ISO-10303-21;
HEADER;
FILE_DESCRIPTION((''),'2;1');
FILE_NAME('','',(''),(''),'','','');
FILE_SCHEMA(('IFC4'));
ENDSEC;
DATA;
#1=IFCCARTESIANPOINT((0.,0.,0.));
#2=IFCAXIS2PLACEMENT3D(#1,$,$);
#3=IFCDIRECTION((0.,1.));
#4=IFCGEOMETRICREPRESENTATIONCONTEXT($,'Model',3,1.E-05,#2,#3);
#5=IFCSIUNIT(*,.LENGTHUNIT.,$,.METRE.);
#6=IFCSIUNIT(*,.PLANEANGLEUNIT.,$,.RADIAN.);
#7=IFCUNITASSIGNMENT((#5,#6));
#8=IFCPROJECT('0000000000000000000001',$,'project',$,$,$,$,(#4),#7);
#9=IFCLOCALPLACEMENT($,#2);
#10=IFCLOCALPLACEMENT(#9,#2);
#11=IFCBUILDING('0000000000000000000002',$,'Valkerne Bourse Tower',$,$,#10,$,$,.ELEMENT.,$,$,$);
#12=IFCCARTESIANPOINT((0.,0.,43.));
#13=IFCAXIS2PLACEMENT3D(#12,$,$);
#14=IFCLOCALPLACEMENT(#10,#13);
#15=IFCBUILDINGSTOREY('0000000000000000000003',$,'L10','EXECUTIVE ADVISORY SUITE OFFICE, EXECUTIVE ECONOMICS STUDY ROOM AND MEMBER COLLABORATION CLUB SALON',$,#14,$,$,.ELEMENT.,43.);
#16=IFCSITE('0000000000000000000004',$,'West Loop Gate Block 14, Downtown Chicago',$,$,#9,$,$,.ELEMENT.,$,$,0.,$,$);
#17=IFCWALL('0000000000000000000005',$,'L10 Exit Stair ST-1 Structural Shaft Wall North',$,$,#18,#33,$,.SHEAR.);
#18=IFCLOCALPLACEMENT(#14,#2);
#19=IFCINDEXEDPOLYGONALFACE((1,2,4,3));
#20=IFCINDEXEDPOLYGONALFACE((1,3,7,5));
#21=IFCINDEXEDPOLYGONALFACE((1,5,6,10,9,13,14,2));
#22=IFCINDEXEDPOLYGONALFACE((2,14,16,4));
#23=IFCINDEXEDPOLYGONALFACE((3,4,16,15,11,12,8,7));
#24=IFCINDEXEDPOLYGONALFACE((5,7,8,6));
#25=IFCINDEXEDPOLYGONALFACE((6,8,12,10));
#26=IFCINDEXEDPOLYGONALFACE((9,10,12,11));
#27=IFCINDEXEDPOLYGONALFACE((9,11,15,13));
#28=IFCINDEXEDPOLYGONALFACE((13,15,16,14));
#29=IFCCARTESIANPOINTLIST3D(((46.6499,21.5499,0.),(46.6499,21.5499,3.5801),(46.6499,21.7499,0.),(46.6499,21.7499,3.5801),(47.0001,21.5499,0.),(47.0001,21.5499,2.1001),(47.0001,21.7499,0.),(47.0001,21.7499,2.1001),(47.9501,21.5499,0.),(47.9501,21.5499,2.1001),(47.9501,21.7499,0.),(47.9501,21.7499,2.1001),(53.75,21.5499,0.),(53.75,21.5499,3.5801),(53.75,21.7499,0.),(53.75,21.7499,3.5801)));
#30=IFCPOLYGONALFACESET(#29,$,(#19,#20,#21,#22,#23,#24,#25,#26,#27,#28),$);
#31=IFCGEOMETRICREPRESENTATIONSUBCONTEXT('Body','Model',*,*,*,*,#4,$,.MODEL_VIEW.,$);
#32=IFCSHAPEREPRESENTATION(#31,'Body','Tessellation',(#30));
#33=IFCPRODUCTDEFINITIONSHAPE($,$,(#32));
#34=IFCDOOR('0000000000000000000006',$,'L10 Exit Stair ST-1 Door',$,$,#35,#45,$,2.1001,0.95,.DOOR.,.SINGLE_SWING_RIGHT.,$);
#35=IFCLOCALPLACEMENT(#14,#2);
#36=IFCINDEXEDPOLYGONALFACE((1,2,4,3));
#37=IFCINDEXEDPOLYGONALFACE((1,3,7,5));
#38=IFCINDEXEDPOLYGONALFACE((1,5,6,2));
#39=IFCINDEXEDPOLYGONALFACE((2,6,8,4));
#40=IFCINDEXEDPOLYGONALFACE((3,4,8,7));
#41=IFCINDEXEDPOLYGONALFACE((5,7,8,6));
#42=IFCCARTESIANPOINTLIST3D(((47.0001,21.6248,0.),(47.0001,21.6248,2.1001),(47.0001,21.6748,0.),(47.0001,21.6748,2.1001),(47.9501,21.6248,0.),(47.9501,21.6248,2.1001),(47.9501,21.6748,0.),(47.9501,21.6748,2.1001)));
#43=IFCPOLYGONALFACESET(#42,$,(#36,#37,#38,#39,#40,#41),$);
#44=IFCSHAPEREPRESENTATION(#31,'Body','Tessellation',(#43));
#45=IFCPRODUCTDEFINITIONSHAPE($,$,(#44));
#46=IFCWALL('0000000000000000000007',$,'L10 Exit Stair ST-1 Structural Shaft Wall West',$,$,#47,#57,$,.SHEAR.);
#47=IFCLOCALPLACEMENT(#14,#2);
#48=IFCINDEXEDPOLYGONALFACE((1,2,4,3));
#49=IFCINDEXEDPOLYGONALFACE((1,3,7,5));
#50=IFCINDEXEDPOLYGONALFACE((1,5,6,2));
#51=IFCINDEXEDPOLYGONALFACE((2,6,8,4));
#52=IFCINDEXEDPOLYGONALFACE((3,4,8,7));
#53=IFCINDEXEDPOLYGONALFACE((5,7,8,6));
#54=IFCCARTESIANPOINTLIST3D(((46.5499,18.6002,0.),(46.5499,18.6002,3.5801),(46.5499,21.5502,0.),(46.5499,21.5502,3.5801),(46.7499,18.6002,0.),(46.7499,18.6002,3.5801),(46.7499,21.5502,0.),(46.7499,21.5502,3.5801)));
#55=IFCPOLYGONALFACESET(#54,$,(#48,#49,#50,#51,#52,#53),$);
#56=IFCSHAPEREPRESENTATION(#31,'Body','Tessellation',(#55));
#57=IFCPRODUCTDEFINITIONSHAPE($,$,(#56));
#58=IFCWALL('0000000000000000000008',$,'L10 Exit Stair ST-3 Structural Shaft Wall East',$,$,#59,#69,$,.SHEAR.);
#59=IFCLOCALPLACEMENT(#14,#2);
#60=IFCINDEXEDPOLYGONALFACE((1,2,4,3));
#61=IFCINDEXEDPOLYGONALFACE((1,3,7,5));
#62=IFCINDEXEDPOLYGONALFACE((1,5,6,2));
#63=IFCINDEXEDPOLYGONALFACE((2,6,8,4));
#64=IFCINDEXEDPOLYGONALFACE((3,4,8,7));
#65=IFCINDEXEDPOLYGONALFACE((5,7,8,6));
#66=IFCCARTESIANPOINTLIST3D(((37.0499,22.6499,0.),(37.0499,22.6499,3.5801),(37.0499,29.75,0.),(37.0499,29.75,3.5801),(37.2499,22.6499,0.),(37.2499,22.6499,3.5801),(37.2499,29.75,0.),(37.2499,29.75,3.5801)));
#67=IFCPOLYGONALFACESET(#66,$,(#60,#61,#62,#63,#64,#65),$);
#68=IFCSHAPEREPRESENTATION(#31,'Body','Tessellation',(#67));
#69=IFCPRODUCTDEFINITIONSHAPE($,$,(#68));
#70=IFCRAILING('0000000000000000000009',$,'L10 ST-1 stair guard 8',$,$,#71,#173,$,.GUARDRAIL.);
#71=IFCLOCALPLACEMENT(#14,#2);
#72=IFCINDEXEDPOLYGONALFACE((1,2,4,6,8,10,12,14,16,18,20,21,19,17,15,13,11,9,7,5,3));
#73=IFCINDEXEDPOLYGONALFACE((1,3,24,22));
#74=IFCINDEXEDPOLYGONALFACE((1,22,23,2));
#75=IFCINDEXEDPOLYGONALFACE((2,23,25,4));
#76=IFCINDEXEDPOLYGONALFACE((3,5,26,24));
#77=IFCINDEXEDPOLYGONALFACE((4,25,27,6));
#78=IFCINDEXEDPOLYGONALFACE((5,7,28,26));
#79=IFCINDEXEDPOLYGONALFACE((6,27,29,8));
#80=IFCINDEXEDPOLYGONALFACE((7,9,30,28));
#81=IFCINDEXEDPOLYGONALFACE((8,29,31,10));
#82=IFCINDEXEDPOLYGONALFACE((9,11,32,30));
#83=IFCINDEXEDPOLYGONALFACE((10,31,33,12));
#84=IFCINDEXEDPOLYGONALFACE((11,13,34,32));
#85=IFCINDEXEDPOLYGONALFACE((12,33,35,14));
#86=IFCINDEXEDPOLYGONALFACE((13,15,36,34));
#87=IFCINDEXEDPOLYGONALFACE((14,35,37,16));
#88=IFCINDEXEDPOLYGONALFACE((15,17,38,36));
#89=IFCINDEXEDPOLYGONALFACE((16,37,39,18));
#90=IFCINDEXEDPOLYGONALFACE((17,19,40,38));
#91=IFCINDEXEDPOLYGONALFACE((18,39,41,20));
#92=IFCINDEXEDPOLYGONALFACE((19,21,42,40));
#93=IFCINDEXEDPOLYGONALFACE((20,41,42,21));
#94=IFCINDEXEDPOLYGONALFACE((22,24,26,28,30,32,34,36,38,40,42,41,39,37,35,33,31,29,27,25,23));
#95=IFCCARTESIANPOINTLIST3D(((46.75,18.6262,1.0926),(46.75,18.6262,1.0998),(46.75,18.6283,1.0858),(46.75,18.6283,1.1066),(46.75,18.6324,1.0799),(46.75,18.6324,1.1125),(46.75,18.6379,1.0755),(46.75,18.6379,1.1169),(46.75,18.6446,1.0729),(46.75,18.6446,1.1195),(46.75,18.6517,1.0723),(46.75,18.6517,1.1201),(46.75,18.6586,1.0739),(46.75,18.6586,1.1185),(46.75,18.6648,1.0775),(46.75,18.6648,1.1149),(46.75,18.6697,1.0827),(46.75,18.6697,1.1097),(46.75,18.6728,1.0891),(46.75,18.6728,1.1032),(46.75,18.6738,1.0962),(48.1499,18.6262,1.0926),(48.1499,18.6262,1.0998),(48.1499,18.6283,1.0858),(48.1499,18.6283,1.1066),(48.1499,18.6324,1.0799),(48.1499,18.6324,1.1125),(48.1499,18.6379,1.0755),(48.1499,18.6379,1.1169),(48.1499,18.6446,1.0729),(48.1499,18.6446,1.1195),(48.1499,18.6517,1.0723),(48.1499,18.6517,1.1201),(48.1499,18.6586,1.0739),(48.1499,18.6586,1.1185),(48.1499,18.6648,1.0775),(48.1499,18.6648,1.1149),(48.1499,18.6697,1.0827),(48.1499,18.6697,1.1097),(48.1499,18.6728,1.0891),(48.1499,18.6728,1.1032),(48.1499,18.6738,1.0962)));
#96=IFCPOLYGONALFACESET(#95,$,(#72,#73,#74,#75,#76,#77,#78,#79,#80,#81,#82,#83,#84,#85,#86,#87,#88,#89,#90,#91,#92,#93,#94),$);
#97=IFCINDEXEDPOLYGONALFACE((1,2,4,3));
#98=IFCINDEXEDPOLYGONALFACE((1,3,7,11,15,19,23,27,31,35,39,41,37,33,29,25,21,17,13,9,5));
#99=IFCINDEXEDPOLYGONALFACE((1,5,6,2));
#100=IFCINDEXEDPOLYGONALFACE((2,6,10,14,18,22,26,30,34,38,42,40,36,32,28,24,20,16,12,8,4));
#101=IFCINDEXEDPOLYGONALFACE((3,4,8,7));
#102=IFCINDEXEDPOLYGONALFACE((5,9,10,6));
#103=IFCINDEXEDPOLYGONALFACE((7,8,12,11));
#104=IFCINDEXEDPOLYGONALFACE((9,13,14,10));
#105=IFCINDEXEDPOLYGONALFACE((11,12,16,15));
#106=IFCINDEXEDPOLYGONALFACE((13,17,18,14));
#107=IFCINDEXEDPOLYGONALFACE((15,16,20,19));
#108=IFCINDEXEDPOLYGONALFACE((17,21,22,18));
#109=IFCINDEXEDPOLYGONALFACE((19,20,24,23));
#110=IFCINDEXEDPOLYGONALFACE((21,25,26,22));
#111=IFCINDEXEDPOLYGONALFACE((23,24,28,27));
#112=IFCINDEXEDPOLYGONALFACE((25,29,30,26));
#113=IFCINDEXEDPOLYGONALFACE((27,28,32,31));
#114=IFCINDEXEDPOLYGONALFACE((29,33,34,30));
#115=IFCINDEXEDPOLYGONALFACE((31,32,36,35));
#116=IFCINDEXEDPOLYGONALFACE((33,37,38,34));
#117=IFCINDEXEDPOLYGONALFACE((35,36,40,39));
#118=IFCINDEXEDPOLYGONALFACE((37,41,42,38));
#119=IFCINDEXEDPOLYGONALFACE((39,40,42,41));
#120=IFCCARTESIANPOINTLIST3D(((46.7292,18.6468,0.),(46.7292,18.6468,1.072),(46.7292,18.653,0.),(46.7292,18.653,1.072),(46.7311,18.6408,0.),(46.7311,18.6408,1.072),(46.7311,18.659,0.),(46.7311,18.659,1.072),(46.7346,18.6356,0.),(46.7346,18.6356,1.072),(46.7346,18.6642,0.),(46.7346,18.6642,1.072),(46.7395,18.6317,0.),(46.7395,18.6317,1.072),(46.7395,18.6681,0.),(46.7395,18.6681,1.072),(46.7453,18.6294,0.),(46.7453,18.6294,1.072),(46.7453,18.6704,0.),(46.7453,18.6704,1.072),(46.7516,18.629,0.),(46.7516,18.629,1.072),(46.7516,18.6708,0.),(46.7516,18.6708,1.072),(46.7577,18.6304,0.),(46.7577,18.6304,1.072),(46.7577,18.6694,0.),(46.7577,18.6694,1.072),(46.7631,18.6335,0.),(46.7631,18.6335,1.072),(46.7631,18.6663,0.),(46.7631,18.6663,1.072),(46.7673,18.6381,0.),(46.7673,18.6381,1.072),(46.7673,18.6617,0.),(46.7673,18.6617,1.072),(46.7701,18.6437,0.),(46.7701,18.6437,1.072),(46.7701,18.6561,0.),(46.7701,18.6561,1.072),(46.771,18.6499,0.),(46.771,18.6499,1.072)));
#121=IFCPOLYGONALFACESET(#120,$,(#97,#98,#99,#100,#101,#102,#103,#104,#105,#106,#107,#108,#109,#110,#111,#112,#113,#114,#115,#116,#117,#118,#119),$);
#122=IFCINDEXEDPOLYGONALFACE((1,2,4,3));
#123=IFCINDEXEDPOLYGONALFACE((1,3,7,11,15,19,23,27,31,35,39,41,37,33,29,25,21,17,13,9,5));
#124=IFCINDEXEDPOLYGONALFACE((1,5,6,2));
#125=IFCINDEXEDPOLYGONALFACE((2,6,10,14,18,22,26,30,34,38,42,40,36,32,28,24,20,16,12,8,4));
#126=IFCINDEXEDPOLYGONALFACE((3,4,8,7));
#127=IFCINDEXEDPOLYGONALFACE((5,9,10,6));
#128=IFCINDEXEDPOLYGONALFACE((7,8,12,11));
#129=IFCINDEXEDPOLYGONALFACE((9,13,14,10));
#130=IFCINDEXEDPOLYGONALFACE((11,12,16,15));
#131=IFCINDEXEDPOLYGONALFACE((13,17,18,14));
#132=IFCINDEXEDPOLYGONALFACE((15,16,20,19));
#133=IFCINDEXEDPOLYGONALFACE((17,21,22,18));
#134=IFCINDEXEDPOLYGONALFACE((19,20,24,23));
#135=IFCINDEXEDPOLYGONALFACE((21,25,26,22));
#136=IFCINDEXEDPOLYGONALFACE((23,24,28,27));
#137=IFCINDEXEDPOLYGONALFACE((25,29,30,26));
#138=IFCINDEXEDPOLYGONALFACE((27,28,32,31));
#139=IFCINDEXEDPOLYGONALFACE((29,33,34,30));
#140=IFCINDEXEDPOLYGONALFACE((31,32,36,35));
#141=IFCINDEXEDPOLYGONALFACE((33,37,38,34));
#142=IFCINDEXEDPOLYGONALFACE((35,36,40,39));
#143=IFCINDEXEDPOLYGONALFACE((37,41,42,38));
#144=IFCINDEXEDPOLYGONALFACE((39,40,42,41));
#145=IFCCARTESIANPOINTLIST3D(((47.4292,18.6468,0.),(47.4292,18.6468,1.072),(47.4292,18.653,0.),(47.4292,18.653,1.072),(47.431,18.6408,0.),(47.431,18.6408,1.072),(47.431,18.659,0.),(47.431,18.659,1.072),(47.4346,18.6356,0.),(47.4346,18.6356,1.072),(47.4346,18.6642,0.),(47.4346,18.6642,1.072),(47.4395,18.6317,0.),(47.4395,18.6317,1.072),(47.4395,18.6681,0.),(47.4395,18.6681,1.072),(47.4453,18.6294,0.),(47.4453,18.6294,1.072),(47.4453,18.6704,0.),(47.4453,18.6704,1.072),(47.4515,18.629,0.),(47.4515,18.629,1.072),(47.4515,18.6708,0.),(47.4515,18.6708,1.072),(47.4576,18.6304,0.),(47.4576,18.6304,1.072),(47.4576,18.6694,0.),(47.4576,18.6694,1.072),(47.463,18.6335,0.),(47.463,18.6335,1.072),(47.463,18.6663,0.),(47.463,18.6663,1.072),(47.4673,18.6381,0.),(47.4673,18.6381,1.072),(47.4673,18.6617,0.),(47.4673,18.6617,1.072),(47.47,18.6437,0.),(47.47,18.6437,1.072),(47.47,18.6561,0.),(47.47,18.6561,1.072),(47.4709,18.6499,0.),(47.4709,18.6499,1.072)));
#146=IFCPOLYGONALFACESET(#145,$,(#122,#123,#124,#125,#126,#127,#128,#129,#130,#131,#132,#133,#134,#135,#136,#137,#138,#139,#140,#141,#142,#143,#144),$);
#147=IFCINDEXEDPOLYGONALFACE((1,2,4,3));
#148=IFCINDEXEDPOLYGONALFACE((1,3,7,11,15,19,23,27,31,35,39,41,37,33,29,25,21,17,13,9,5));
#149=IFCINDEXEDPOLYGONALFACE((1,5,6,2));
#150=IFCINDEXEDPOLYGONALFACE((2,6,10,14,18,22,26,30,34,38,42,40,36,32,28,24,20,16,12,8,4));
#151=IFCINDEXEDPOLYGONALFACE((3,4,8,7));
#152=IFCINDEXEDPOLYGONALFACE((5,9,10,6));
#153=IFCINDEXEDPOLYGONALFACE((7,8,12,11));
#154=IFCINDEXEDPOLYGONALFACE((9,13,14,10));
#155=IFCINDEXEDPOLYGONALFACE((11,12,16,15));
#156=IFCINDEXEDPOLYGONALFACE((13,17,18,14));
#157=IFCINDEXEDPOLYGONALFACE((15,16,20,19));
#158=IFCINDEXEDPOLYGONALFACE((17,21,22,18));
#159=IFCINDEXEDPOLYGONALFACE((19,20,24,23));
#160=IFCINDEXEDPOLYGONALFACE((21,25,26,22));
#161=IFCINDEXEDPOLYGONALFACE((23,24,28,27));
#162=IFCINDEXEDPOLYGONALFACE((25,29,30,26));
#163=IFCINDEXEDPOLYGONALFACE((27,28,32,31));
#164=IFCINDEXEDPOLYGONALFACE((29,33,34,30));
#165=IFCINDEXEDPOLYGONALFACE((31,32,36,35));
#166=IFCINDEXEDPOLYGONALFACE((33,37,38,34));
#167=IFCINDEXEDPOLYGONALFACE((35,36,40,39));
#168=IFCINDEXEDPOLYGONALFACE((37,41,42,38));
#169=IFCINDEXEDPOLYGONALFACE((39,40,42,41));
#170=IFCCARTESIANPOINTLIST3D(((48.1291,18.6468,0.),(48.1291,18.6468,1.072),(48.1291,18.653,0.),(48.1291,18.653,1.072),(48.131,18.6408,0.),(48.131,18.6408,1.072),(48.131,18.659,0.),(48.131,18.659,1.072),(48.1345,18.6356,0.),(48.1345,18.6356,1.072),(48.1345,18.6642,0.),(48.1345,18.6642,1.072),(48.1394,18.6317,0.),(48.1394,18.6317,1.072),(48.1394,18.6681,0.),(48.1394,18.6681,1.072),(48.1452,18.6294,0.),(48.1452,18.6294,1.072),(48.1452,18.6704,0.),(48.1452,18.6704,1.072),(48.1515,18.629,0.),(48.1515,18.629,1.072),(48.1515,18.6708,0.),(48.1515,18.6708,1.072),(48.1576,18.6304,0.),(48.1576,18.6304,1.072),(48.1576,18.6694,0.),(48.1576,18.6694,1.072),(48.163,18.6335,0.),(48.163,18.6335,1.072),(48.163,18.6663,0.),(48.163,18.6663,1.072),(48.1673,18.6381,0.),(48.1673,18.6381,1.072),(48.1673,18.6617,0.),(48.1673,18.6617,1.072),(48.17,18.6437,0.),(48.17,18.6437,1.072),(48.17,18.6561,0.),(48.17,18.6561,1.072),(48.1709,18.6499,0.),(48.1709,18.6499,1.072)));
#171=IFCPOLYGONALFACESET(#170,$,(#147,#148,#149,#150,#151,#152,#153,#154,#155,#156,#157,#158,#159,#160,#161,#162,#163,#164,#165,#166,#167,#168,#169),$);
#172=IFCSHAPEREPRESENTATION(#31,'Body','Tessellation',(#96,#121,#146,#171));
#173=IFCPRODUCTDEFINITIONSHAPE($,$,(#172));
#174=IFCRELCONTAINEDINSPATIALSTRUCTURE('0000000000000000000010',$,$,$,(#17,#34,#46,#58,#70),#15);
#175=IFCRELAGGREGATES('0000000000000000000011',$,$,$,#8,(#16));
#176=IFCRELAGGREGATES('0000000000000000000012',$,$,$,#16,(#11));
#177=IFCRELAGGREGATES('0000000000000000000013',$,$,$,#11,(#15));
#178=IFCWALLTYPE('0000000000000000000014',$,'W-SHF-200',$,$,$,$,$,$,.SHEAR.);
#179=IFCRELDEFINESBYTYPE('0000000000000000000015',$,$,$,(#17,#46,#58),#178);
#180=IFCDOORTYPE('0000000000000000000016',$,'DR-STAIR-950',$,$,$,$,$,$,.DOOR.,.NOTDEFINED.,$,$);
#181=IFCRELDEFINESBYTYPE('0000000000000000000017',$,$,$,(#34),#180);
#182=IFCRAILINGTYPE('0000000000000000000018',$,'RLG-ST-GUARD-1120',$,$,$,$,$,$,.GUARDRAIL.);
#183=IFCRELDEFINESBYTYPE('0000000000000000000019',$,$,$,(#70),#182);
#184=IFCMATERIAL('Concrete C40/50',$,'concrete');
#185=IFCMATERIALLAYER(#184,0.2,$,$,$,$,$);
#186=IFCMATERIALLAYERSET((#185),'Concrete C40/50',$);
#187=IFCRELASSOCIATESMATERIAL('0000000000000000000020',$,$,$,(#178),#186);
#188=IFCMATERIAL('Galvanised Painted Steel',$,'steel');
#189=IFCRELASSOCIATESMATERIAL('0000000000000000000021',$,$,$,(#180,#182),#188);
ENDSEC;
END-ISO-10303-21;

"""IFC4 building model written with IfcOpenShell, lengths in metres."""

from ifc_helpers import new_model, si_unit, direction, frame, frame_2d, origin, origin_2d, place, context, subcontext, project, spatial, rectangle, circle, extrude, material, layer, layer_set, type_object, element, fill, save


model = new_model("IFC4")

# Units and contexts
model_context = context("Model", 3, precision=1e-05, world=origin(), true_north=direction((0.0, 1.0)))
body_context = subcontext(model_context, "Body", "Model", "MODEL_VIEW")
ifc_project = project(units=[si_unit("LENGTHUNIT", "METRE"), si_unit("PLANEANGLEUNIT", "RADIAN")], contexts=[model_context])

# Site, building, storey
site_placement = place(None, origin())
site = spatial("IfcSite", under=ifc_project, at=site_placement, Name="West Loop Gate Block 14, Downtown Chicago", CompositionType="ELEMENT", RefElevation=0.0)
building_placement = place(site_placement, origin())
building = spatial("IfcBuilding", under=site, at=building_placement, Name="Valkerne Bourse Tower", CompositionType="ELEMENT")
storey_placement = place(building_placement, frame((0.0, 0.0, 43.0)))
storey = spatial("IfcBuildingStorey", under=building, at=storey_placement, Name="L10", Description="EXECUTIVE ADVISORY SUITE OFFICE, EXECUTIVE ECONOMICS STUDY ROOM AND MEMBER COLLABORATION CLUB SALON", CompositionType="ELEMENT", Elevation=43.0)

# Shared definitions
ifc_material_1 = material(Name="Galvanised Painted Steel", Category="steel")

# Wall, opening, door
ifc_material_2 = material(Name="Concrete C40/50", Category="concrete")
ifc_layer_1 = layer(ifc_material_2, 0.2)
ifc_layer_set_1 = layer_set([ifc_layer_1], Name="Concrete C40/50")
wall_type_1 = type_object("IfcWallType", Name="W-SHF-200", PredefinedType="SHEAR", material=ifc_layer_set_1)
wall_1_placement = place(storey_placement, frame((46.6499, 21.6499, 0.0), z_axis=(0.0, 0.0, 1.0), x_axis=(1.0, 0.0, 0.0)))
wall_1 = element("IfcWall", 1, at=wall_1_placement, inside=storey, type_object=wall_type_1, Name="L10 Exit Stair ST-1 Structural Shaft Wall North", PredefinedType="SHEAR", context=body_context, shape_type="SweptSolid", body=[
    extrude(rectangle(XDim=7.1001, YDim=0.2, at=frame_2d((3.55, 0.0))), origin(), (0.0, 0.0, 1.0), 3.5801),
])
opening_1_placement = place(wall_1_placement, frame((0.3501, 0.0, 0.0)))
opening_1 = element("IfcOpeningElement", 2, at=opening_1_placement, cuts=wall_1, PredefinedType="OPENING", context=body_context, shape_type="SweptSolid", body=[
    extrude(rectangle(XDim=0.95, YDim=2.1001, at=frame_2d((0.4751, 1.05))), frame((0.0, 0.1099, 0.0), z_axis=(0.0, -1.0, 0.0), x_axis=(1.0, 0.0, 0.0)), (0.0, 0.0, 1.0), 0.22),
])
door_type_1 = type_object("IfcDoorType", Name="DR-STAIR-950", OperationType="NOTDEFINED", PredefinedType="DOOR", material=ifc_material_1)
door_1_placement = place(opening_1_placement, origin())
door_1 = element("IfcDoor", 3, at=door_1_placement, inside=storey, type_object=door_type_1, Name="L10 Exit Stair ST-1 Door", OperationType="SINGLE_SWING_RIGHT", OverallHeight=2.1001, OverallWidth=0.95, PredefinedType="DOOR", context=body_context, shape_type="SweptSolid", body=[
    extrude(rectangle(XDim=0.95, YDim=2.1001, at=frame_2d((0.4751, 1.05))), frame((0.0, 0.0249, 0.0), z_axis=(0.0, -1.0, 0.0), x_axis=(1.0, 0.0, 0.0)), (0.0, 0.0, 1.0), 0.05),
])
fill(opening_1, door_1)

# Walls
wall_2_placement = place(storey_placement, frame((46.6499, 18.6001, 0.0), z_axis=(0.0, 0.0, 1.0), x_axis=(0.0, 1.0, 0.0)))
element("IfcWall", 4, at=wall_2_placement, inside=storey, type_object=wall_type_1, Name="L10 Exit Stair ST-1 Structural Shaft Wall West", PredefinedType="SHEAR", context=body_context, shape_type="SweptSolid", body=[
    extrude(rectangle(XDim=2.95, YDim=0.2, at=frame_2d((1.4751, 0.0))), origin(), (0.0, 0.0, 1.0), 3.5801),
])
wall_3_placement = place(storey_placement, frame((37.1499, 22.6499, 0.0), z_axis=(0.0, 0.0, 1.0), x_axis=(0.0, 1.0, 0.0)))
element("IfcWall", 5, at=wall_3_placement, inside=storey, type_object=wall_type_1, Name="L10 Exit Stair ST-3 Structural Shaft Wall East", PredefinedType="SHEAR", context=body_context, shape_type="SweptSolid", body=[
    extrude(rectangle(XDim=7.1001, YDim=0.2, at=frame_2d((3.55, 0.0))), origin(), (0.0, 0.0, 1.0), 3.5801),
])

# Railing
railing_type = type_object("IfcRailingType", Name="RLG-ST-GUARD-1120", PredefinedType="GUARDRAIL", material=ifc_material_1)
for number, where, name in (
    (6, (46.75, 18.6499, 0.0), "L10 ST-1 stair guard 8"),
):
    element("IfcRailing", number, at=place(storey_placement, frame(where)), inside=storey, type_object=railing_type, Name=name, PredefinedType="GUARDRAIL", context=body_context, shape_type="SweptSolid", body=[
        extrude(circle(Radius=0.0239, at=origin_2d()), frame((0.0, 0.0, 1.0962), z_axis=(1.0, 0.0, 0.0), x_axis=(0.0, 1.0, 0.0)), (0.0, 0.0, 1.0), 1.3999),
        extrude(circle(Radius=0.021, at=origin_2d()), origin(), (0.0, 0.0, 1.0), 1.072),
        extrude(circle(Radius=0.021, at=origin_2d()), frame((0.7, 0.0, 0.0)), (0.0, 0.0, 1.0), 1.072),
        extrude(circle(Radius=0.021, at=origin_2d()), frame((1.3999, 0.0, 0.0)), (0.0, 0.0, 1.0), 1.072),
    ])

save(model, "model.ifc")
